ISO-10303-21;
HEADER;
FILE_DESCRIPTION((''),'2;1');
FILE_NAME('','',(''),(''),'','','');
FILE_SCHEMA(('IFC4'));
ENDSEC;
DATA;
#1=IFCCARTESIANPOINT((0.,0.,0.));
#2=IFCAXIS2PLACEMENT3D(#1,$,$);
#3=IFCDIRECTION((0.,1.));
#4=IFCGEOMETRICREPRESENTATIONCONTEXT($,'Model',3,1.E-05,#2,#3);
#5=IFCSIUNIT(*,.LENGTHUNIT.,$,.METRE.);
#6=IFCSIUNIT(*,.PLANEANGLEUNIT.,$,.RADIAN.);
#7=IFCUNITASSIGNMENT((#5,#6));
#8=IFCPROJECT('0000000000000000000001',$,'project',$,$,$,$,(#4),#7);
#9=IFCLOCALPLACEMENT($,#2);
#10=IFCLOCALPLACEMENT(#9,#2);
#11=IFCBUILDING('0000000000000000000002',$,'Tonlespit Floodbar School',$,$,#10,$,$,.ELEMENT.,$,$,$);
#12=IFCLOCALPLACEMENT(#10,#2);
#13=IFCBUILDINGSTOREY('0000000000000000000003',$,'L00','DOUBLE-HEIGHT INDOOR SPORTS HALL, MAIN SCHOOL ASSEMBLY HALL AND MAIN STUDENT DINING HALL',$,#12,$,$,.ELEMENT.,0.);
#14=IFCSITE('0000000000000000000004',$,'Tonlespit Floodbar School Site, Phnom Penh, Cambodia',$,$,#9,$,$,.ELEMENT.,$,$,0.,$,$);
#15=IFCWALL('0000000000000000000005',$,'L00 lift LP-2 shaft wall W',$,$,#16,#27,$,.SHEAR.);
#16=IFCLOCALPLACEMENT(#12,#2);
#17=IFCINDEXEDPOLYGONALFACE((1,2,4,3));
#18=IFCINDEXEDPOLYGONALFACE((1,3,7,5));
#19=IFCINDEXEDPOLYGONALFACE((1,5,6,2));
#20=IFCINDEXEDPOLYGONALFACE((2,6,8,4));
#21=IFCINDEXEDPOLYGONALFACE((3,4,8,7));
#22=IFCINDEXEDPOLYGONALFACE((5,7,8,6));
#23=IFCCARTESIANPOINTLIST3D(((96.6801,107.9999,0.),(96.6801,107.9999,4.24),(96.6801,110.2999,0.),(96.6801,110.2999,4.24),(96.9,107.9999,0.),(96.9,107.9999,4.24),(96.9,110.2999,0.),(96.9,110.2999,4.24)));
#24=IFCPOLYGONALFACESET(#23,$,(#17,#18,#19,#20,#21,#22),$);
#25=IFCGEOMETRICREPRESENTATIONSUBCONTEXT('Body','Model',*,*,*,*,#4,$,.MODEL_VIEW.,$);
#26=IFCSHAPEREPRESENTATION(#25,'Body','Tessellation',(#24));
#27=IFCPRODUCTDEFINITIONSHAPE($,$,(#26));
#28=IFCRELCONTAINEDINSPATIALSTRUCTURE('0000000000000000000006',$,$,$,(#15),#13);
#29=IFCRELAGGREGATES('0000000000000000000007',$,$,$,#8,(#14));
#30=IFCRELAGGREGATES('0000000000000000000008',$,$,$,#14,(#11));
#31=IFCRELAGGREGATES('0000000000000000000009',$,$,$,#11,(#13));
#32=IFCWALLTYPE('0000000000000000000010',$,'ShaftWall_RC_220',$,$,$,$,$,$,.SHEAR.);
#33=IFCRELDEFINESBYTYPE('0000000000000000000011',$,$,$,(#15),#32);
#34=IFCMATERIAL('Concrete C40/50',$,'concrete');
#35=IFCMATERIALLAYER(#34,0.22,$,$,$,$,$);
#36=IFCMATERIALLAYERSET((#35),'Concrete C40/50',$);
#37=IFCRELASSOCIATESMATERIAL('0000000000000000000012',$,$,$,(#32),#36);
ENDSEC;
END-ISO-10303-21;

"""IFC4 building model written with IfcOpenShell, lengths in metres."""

from ifc_helpers import new_model, si_unit, direction, frame, frame_2d, origin, place, context, subcontext, project, spatial, rectangle, extrude, material, layer, layer_set, type_object, element, save


model = new_model("IFC4")

# Units and contexts
model_context = context("Model", 3, precision=1e-05, world=origin(), true_north=direction((0.0, 1.0)))
body_context = subcontext(model_context, "Body", "Model", "MODEL_VIEW")
ifc_project = project(units=[si_unit("LENGTHUNIT", "METRE"), si_unit("PLANEANGLEUNIT", "RADIAN")], contexts=[model_context])

# Site, building, storey
site_placement = place(None, origin())
site = spatial("IfcSite", under=ifc_project, at=site_placement, Name="Tonlespit Floodbar School Site, Phnom Penh, Cambodia", CompositionType="ELEMENT", RefElevation=0.0)
building_placement = place(site_placement, origin())
building = spatial("IfcBuilding", under=site, at=building_placement, Name="Tonlespit Floodbar School", CompositionType="ELEMENT")
storey_placement = place(building_placement, origin())
storey = spatial("IfcBuildingStorey", under=building, at=storey_placement, Name="L00", Description="DOUBLE-HEIGHT INDOOR SPORTS HALL, MAIN SCHOOL ASSEMBLY HALL AND MAIN STUDENT DINING HALL", CompositionType="ELEMENT", Elevation=0.0)

# Shared definitions
ifc_material_1 = material(Name="Concrete C40/50", Category="concrete")

# Wall
ifc_layer_1 = layer(ifc_material_1, 0.22)
ifc_layer_set_1 = layer_set([ifc_layer_1], Name="Concrete C40/50")
wall_type_1 = type_object("IfcWallType", Name="ShaftWall_RC_220", PredefinedType="SHEAR", material=ifc_layer_set_1)
wall_1_placement = place(storey_placement, frame((96.79, 108.0, 0.0), z_axis=(0.0, 0.0, 1.0), x_axis=(0.0, 1.0, 0.0)))
element("IfcWall", 1, at=wall_1_placement, inside=storey, type_object=wall_type_1, Name="L00 lift LP-2 shaft wall W", PredefinedType="SHEAR", context=body_context, shape_type="SweptSolid", body=[
    extrude(rectangle(XDim=2.3, YDim=0.22, at=frame_2d((1.1499, 0.0))), origin(), (0.0, 0.0, 1.0), 4.24),
])

save(model, "model.ifc")
